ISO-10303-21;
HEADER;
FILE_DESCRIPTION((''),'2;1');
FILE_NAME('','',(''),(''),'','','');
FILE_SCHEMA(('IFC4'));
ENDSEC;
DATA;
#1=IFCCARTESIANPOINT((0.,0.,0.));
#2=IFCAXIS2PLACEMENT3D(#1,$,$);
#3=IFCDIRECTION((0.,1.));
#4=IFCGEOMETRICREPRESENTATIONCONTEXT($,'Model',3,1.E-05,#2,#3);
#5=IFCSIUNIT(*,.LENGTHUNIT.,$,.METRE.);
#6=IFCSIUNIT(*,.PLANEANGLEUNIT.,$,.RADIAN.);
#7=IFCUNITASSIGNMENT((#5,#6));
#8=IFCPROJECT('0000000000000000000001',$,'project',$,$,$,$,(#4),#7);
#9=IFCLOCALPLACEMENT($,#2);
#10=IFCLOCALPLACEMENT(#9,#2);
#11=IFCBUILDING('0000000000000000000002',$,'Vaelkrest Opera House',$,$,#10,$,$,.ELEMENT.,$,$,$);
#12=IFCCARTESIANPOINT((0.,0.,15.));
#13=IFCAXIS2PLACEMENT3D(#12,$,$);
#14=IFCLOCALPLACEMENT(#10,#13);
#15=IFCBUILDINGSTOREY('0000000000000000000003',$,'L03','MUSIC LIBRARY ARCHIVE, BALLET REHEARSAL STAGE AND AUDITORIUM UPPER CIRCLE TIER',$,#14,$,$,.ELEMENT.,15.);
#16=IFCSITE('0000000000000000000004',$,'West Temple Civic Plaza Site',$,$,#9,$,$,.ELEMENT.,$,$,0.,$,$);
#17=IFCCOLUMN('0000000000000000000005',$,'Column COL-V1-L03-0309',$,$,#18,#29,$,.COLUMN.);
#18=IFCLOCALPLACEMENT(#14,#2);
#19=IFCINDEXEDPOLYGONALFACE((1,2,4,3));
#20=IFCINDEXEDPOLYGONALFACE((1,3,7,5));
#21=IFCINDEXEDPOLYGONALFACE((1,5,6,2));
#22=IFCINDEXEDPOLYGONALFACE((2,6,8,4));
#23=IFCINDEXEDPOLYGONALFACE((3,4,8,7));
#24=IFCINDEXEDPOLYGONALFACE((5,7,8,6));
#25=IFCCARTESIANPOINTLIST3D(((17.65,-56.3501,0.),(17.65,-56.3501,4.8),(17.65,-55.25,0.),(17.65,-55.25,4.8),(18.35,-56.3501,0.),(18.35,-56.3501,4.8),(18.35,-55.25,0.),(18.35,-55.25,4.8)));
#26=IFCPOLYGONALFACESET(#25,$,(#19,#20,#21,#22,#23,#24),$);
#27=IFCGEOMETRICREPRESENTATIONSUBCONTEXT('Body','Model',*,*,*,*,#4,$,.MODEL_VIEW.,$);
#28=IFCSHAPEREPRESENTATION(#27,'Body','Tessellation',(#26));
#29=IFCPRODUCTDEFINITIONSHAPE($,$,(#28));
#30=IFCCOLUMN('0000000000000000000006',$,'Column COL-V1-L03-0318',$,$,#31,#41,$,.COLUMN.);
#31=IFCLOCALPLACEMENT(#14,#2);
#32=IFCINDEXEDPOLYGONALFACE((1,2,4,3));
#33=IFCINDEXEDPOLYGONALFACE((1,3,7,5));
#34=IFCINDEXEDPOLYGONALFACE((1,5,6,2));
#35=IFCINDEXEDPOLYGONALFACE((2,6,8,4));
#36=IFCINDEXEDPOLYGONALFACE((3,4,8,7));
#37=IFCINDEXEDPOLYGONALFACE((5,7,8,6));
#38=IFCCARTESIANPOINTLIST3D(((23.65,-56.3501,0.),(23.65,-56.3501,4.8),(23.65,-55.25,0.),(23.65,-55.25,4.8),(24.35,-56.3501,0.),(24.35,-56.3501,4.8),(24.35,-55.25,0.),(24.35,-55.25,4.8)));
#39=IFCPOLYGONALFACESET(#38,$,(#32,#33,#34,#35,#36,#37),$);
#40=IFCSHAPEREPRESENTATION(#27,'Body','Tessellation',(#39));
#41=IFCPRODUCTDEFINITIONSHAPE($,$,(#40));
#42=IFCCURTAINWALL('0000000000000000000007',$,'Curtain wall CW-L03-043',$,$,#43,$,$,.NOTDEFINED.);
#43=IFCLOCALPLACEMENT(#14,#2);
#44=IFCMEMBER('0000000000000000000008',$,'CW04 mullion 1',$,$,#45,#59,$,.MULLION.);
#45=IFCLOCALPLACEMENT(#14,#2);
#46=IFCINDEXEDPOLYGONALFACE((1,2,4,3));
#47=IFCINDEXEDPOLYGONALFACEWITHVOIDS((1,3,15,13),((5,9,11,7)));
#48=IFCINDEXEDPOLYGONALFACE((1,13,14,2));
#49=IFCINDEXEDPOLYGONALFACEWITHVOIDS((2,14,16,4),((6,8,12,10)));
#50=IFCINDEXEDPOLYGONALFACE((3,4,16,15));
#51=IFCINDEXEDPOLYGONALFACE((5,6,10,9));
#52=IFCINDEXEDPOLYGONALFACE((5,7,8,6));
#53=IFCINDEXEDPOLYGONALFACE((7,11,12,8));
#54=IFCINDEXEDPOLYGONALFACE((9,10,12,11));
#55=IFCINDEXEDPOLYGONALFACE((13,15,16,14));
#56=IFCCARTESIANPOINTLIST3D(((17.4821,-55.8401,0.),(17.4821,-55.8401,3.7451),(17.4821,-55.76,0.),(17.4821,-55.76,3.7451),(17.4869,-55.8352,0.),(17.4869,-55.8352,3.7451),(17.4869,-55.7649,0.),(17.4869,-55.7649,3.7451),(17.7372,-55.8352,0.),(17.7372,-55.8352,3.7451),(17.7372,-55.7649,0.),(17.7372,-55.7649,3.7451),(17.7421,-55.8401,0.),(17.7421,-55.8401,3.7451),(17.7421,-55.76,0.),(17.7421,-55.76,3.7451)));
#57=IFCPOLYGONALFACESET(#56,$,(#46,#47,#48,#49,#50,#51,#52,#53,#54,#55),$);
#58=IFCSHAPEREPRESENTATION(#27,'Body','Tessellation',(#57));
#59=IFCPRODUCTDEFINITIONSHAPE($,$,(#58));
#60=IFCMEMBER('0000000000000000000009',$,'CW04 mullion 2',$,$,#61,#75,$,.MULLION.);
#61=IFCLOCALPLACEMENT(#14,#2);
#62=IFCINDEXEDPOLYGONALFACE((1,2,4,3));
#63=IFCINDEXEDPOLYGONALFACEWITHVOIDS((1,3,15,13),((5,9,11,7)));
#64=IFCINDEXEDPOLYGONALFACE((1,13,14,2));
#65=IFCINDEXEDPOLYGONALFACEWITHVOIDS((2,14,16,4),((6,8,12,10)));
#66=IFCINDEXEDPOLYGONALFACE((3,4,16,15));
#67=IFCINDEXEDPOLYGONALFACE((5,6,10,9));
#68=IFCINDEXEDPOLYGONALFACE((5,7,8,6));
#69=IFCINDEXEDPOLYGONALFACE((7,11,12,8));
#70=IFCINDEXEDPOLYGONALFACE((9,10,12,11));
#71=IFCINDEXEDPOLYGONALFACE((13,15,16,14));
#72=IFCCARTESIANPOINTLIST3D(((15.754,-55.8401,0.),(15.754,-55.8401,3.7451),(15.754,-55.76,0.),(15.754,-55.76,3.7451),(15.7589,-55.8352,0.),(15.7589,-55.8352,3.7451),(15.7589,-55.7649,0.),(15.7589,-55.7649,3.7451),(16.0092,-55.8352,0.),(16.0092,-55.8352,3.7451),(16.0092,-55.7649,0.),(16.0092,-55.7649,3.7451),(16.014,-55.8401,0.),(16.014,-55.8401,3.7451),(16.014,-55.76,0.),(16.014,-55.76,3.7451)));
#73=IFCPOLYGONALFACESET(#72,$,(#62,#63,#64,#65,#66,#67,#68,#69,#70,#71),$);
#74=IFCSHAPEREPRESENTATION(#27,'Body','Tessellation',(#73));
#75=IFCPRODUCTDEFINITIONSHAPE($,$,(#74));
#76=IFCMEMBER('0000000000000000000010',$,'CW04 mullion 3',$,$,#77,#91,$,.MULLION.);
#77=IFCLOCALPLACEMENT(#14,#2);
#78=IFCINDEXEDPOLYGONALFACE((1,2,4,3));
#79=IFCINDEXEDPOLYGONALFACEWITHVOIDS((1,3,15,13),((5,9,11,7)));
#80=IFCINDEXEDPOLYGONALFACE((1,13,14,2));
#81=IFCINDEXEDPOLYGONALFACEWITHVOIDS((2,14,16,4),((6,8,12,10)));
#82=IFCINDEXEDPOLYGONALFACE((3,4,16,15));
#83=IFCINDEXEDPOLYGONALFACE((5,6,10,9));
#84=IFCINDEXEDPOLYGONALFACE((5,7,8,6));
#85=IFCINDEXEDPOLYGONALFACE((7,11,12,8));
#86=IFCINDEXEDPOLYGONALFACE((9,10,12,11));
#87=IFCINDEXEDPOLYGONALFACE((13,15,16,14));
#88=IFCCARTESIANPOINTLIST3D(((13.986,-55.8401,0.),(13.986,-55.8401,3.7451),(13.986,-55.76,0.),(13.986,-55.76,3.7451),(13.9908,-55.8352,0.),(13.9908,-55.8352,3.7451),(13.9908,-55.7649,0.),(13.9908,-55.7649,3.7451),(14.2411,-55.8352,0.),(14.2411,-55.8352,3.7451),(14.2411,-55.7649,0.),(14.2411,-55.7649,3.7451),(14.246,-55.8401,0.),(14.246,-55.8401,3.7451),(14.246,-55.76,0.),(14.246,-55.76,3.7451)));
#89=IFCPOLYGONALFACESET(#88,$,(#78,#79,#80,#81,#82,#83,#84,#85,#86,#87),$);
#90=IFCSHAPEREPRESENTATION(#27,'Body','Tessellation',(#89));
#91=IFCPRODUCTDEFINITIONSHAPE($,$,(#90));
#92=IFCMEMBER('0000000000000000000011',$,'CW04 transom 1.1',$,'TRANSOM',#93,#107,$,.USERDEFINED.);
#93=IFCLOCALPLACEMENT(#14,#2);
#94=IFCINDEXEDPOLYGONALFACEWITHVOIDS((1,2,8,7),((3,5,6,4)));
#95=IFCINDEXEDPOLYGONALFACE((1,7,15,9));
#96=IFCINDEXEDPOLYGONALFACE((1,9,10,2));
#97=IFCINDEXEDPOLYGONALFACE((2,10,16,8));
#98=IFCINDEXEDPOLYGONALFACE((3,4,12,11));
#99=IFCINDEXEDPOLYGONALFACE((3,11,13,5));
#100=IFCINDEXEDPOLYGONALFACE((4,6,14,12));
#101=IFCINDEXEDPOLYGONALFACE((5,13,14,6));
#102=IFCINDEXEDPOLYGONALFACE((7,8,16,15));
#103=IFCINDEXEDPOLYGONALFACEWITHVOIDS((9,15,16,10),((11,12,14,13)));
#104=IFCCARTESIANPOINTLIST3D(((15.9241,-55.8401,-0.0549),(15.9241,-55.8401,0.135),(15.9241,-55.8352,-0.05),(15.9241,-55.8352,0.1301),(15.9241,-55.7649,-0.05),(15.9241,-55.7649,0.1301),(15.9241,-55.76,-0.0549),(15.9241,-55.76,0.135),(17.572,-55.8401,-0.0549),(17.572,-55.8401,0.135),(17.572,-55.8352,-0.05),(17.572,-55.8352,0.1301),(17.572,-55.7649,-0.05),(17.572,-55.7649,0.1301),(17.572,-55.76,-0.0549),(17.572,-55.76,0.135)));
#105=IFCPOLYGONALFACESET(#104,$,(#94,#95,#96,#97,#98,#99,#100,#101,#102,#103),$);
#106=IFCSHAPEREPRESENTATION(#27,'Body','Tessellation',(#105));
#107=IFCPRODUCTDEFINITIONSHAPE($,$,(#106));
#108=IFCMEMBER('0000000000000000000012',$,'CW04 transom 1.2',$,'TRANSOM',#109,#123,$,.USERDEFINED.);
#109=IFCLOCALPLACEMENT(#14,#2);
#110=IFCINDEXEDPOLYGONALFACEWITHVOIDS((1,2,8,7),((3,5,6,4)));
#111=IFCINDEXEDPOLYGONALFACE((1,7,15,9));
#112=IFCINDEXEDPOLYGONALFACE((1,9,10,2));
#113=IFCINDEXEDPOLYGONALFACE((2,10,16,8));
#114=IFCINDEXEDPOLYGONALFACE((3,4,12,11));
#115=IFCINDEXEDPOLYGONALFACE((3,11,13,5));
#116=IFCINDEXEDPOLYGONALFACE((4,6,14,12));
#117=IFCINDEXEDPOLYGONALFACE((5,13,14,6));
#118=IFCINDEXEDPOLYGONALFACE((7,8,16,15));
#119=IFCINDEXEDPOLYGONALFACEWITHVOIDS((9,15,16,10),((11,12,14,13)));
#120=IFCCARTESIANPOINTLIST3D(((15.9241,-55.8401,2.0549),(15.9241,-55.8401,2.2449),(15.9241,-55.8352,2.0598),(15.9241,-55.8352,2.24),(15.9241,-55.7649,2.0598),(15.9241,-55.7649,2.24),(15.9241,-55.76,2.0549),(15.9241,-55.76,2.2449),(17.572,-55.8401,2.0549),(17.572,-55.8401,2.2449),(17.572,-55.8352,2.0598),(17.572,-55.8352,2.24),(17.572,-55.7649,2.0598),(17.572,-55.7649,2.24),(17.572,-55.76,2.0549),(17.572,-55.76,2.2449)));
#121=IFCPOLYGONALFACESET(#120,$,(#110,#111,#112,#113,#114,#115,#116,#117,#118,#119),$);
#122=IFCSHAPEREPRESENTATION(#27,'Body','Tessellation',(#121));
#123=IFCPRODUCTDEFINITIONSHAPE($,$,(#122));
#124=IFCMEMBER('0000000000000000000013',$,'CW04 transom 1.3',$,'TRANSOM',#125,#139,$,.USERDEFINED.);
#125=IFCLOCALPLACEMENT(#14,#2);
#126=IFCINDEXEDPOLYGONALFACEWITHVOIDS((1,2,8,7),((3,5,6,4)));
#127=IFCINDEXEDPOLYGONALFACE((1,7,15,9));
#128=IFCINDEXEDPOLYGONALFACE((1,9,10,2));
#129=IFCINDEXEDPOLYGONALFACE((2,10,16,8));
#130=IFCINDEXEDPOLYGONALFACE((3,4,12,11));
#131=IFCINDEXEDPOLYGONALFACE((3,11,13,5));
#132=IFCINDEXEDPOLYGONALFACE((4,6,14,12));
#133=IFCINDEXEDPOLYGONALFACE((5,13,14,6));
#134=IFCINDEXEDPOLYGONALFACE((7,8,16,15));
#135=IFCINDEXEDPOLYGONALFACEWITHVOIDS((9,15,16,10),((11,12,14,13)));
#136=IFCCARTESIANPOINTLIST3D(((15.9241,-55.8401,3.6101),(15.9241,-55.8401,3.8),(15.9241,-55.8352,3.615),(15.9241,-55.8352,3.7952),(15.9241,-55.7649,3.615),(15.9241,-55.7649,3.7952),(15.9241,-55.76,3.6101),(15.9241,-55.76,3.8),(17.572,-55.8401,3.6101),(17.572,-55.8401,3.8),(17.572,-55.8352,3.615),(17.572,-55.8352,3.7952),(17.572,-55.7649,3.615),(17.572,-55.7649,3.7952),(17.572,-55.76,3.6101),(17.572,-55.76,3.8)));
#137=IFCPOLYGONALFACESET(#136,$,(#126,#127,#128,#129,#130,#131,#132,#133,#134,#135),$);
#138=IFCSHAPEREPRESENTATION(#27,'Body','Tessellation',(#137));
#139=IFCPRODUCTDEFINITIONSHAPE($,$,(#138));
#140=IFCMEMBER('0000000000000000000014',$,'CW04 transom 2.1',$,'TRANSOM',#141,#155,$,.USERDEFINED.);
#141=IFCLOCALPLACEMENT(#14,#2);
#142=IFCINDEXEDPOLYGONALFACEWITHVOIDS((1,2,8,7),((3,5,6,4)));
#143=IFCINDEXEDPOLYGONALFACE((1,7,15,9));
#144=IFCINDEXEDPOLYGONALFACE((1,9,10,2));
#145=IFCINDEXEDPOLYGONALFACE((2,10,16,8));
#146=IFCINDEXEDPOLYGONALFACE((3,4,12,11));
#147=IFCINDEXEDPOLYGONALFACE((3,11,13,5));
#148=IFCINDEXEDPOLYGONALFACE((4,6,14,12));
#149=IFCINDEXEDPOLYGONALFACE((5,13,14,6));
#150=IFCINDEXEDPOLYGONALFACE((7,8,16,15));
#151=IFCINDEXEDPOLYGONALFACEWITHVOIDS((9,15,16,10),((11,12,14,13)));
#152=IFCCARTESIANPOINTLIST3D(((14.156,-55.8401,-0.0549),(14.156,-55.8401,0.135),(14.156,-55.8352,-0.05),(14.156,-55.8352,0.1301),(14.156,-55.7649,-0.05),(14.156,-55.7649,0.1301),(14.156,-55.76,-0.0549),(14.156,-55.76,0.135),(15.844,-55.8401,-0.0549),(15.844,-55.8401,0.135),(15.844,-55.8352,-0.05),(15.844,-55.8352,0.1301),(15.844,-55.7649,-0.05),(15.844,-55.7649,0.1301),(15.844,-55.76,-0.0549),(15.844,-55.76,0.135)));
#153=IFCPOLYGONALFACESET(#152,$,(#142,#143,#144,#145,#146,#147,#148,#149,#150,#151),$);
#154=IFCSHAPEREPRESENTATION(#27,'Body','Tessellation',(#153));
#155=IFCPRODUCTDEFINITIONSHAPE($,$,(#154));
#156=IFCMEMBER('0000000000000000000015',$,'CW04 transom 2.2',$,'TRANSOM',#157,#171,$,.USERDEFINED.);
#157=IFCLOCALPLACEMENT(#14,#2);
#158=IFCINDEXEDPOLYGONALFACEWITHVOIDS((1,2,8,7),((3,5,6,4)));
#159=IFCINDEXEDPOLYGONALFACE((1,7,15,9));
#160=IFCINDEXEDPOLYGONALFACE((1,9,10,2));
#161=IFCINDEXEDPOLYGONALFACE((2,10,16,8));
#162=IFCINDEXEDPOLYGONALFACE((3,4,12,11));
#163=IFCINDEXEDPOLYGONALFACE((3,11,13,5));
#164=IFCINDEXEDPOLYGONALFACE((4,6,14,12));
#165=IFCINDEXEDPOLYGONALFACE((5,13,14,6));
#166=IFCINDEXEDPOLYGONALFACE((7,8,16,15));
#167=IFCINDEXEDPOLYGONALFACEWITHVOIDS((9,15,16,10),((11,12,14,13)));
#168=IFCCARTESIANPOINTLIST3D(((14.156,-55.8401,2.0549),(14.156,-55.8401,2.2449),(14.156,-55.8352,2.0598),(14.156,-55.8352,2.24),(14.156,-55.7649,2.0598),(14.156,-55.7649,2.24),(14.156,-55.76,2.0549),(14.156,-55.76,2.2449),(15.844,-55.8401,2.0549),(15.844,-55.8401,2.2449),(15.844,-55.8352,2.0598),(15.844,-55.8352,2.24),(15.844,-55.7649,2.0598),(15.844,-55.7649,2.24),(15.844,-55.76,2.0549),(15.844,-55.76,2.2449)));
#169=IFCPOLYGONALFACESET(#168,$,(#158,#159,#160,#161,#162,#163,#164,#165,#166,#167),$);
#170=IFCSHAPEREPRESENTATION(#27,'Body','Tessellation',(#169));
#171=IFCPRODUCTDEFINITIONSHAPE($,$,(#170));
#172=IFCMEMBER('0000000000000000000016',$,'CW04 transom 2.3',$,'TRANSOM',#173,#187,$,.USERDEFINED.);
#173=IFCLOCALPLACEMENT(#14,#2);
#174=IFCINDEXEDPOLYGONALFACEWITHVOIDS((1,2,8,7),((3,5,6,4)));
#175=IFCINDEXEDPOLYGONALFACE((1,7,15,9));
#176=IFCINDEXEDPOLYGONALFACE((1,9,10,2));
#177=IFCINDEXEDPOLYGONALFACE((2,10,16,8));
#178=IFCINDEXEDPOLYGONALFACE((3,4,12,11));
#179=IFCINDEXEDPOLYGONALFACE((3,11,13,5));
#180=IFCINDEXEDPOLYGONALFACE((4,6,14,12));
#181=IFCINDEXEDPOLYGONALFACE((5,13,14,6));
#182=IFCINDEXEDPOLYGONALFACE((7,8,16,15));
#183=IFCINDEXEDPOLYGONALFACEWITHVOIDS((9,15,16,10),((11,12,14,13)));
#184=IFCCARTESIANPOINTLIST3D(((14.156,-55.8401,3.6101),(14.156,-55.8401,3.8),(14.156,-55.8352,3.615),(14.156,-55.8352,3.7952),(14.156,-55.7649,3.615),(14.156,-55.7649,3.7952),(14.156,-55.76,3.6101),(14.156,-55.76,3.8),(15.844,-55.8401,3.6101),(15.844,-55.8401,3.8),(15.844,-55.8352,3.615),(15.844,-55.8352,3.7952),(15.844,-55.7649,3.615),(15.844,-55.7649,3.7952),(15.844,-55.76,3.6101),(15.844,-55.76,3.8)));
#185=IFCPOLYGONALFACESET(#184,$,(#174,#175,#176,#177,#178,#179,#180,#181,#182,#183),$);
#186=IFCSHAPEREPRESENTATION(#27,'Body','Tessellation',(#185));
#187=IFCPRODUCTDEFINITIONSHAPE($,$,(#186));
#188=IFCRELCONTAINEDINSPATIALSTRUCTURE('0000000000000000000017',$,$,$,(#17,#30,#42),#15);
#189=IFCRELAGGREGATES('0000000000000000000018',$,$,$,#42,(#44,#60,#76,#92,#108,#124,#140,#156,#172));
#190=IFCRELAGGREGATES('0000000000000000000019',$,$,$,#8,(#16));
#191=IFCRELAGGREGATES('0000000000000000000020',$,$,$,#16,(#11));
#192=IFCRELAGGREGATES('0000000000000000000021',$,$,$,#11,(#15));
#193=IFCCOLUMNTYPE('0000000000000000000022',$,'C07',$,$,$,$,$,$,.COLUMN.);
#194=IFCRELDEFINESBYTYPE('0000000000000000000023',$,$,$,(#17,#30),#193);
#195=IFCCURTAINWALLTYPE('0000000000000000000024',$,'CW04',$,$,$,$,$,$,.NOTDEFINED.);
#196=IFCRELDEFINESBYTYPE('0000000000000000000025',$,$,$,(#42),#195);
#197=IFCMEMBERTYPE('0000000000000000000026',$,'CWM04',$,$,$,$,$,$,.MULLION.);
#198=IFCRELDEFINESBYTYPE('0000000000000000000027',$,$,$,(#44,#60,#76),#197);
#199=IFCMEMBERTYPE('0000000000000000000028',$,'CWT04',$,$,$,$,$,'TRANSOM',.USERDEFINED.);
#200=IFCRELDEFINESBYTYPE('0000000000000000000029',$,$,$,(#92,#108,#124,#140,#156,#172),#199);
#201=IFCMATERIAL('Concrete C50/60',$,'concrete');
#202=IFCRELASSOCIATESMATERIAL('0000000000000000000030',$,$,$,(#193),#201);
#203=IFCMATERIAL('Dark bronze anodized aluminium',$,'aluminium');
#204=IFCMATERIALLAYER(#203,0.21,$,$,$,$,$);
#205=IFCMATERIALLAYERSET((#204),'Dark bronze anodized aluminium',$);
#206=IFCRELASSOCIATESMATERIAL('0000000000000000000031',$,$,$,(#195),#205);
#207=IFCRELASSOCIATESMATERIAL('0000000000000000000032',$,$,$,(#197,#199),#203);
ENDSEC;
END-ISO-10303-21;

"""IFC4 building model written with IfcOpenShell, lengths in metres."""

from ifc_helpers import new_model, si_unit, direction, frame, origin, origin_2d, place, context, subcontext, project, spatial, rectangle, hollow_rectangle, extrude, material, layer, layer_set, material_profile, profile_set, type_object, element, aggregate, save


model = new_model("IFC4")

# Units and contexts
model_context = context("Model", 3, precision=1e-05, world=origin(), true_north=direction((0.0, 1.0)))
body_context = subcontext(model_context, "Body", "Model", "MODEL_VIEW")
ifc_project = project(units=[si_unit("LENGTHUNIT", "METRE"), si_unit("PLANEANGLEUNIT", "RADIAN")], contexts=[model_context])

# Site, building, storey
site_placement = place(None, origin())
site = spatial("IfcSite", under=ifc_project, at=site_placement, Name="West Temple Civic Plaza Site", CompositionType="ELEMENT", RefElevation=0.0)
building_placement = place(site_placement, origin())
building = spatial("IfcBuilding", under=site, at=building_placement, Name="Vaelkrest Opera House", CompositionType="ELEMENT")
storey_placement = place(building_placement, frame((0.0, 0.0, 15.0)))
storey = spatial("IfcBuildingStorey", under=building, at=storey_placement, Name="L03", Description="MUSIC LIBRARY ARCHIVE, BALLET REHEARSAL STAGE AND AUDITORIUM UPPER CIRCLE TIER", CompositionType="ELEMENT", Elevation=15.0)

# Columns
ifc_material_1 = material(Name="Concrete C50/60", Category="concrete")
ifc_material_profile_1 = material_profile(ifc_material_1, rectangle(XDim=0.7, YDim=1.1001, at=origin_2d()), Name="RC700X1100")
ifc_profile_set_1 = profile_set([ifc_material_profile_1], Name="Concrete C50/60")
column_type = type_object("IfcColumnType", Name="C07", PredefinedType="COLUMN", material=ifc_profile_set_1)
for number, where, z_axis, x_axis, name in (
    (1, (18.0, -55.8, 0.0), (0.0, 0.0, 1.0), (1.0, 0.0, 0.0), "Column COL-V1-L03-0309"),
    (2, (24.0, -55.8, 0.0), (0.0, 0.0, 1.0), (1.0, 0.0, 0.0), "Column COL-V1-L03-0318"),
):
    element("IfcColumn", number, at=place(storey_placement, frame(where, z_axis=z_axis, x_axis=x_axis)), inside=storey, type_object=column_type, Name=name, PredefinedType="COLUMN", context=body_context, shape_type="SweptSolid", body=[
        extrude(rectangle(XDim=0.7, YDim=1.1001, at=origin_2d()), origin(), (0.0, 0.0, 1.0), 4.8),
    ])

# Curtain wall, members
ifc_material_2 = material(Name="Dark bronze anodized aluminium", Category="aluminium")
ifc_layer_1 = layer(ifc_material_2, 0.21)
ifc_layer_set_1 = layer_set([ifc_layer_1], Name="Dark bronze anodized aluminium")
curtain_wall_type = type_object("IfcCurtainWallType", Name="CW04", PredefinedType="NOTDEFINED", material=ifc_layer_set_1)
curtain_wall_placement = place(storey_placement, origin())
curtain_wall = element("IfcCurtainWall", 3, at=curtain_wall_placement, inside=storey, type_object=curtain_wall_type, Name="Curtain wall CW-L03-043", PredefinedType="NOTDEFINED")
ifc_material_profile_2 = material_profile(ifc_material_2, hollow_rectangle(XDim=0.0801, YDim=0.26, WallThickness=0.0049, at=origin_2d()), Name="CWM80X260")
ifc_profile_set_2 = profile_set([ifc_material_profile_2], Name="Dark bronze anodized aluminium")
member_type_1 = type_object("IfcMemberType", Name="CWM04", PredefinedType="MULLION", material=ifc_profile_set_2)
member_1_placement = place(storey_placement, frame((17.6121, -55.8, 0.0), z_axis=(0.0, 0.0, 1.0), x_axis=(0.0, -1.0, 0.0)))
member_1 = element("IfcMember", 4, at=member_1_placement, type_object=member_type_1, Name="CW04 mullion 1", PredefinedType="MULLION", context=body_context, shape_type="SweptSolid", body=[
    extrude(hollow_rectangle(XDim=0.0801, YDim=0.26, WallThickness=0.0049, at=origin_2d()), origin(), (0.0, 0.0, 1.0), 3.7451),
])
member_2_placement = place(storey_placement, frame((15.884, -55.8, 0.0), z_axis=(0.0, 0.0, 1.0), x_axis=(0.0, -1.0, 0.0)))
member_2 = element("IfcMember", 5, at=member_2_placement, type_object=member_type_1, Name="CW04 mullion 2", PredefinedType="MULLION", context=body_context, shape_type="SweptSolid", body=[
    extrude(hollow_rectangle(XDim=0.0801, YDim=0.26, WallThickness=0.0049, at=origin_2d()), origin(), (0.0, 0.0, 1.0), 3.7451),
])
member_3_placement = place(storey_placement, frame((14.116, -55.8, 0.0), z_axis=(0.0, 0.0, 1.0), x_axis=(0.0, -1.0, 0.0)))
member_3 = element("IfcMember", 6, at=member_3_placement, type_object=member_type_1, Name="CW04 mullion 3", PredefinedType="MULLION", context=body_context, shape_type="SweptSolid", body=[
    extrude(hollow_rectangle(XDim=0.0801, YDim=0.26, WallThickness=0.0049, at=origin_2d()), origin(), (0.0, 0.0, 1.0), 3.7451),
])
ifc_material_profile_3 = material_profile(ifc_material_2, hollow_rectangle(XDim=0.0801, YDim=0.1899, WallThickness=0.0049, at=origin_2d()), Name="CWT80X190")
ifc_profile_set_3 = profile_set([ifc_material_profile_3], Name="Dark bronze anodized aluminium")
member_type_2 = type_object("IfcMemberType", Name="CWT04", ElementType="TRANSOM", PredefinedType="USERDEFINED", material=ifc_profile_set_3)
member_4_placement = place(storey_placement, frame((17.572, -55.8, 0.04), z_axis=(-1.0, 0.0, 0.0), x_axis=(0.0, -1.0, 0.0)))
member_4 = element("IfcMember", 7, at=member_4_placement, type_object=member_type_2, Name="CW04 transom 1.1", ObjectType="TRANSOM", PredefinedType="USERDEFINED", context=body_context, shape_type="SweptSolid", body=[
    extrude(hollow_rectangle(XDim=0.0801, YDim=0.1899, WallThickness=0.0049, at=origin_2d()), origin(), (0.0, 0.0, 1.0), 1.6479),
])
member_5_placement = place(storey_placement, frame((17.572, -55.8, 2.1499), z_axis=(-1.0, 0.0, 0.0), x_axis=(0.0, -1.0, 0.0)))
member_5 = element("IfcMember", 8, at=member_5_placement, type_object=member_type_2, Name="CW04 transom 1.2", ObjectType="TRANSOM", PredefinedType="USERDEFINED", context=body_context, shape_type="SweptSolid", body=[
    extrude(hollow_rectangle(XDim=0.0801, YDim=0.1899, WallThickness=0.0049, at=origin_2d()), origin(), (0.0, 0.0, 1.0), 1.6479),
])
member_6_placement = place(storey_placement, frame((17.572, -55.8, 3.7051), z_axis=(-1.0, 0.0, 0.0), x_axis=(0.0, -1.0, 0.0)))
member_6 = element("IfcMember", 9, at=member_6_placement, type_object=member_type_2, Name="CW04 transom 1.3", ObjectType="TRANSOM", PredefinedType="USERDEFINED", context=body_context, shape_type="SweptSolid", body=[
    extrude(hollow_rectangle(XDim=0.0801, YDim=0.1899, WallThickness=0.0049, at=origin_2d()), origin(), (0.0, 0.0, 1.0), 1.6479),
])
member_7_placement = place(storey_placement, frame((15.844, -55.8, 0.04), z_axis=(-1.0, 0.0, 0.0), x_axis=(0.0, -1.0, 0.0)))
member_7 = element("IfcMember", 10, at=member_7_placement, type_object=member_type_2, Name="CW04 transom 2.1", ObjectType="TRANSOM", PredefinedType="USERDEFINED", context=body_context, shape_type="SweptSolid", body=[
    extrude(hollow_rectangle(XDim=0.0801, YDim=0.1899, WallThickness=0.0049, at=origin_2d()), origin(), (0.0, 0.0, 1.0), 1.688),
])
member_8_placement = place(storey_placement, frame((15.844, -55.8, 2.1499), z_axis=(-1.0, 0.0, 0.0), x_axis=(0.0, -1.0, 0.0)))
member_8 = element("IfcMember", 11, at=member_8_placement, type_object=member_type_2, Name="CW04 transom 2.2", ObjectType="TRANSOM", PredefinedType="USERDEFINED", context=body_context, shape_type="SweptSolid", body=[
    extrude(hollow_rectangle(XDim=0.0801, YDim=0.1899, WallThickness=0.0049, at=origin_2d()), origin(), (0.0, 0.0, 1.0), 1.688),
])
member_9_placement = place(storey_placement, frame((15.844, -55.8, 3.7051), z_axis=(-1.0, 0.0, 0.0), x_axis=(0.0, -1.0, 0.0)))
member_9 = element("IfcMember", 12, at=member_9_placement, type_object=member_type_2, Name="CW04 transom 2.3", ObjectType="TRANSOM", PredefinedType="USERDEFINED", context=body_context, shape_type="SweptSolid", body=[
    extrude(hollow_rectangle(XDim=0.0801, YDim=0.1899, WallThickness=0.0049, at=origin_2d()), origin(), (0.0, 0.0, 1.0), 1.688),
])

aggregate(curtain_wall, [member_1, member_2, member_3, member_4, member_5, member_6, member_7, member_8, member_9])

save(model, "model.ifc")
